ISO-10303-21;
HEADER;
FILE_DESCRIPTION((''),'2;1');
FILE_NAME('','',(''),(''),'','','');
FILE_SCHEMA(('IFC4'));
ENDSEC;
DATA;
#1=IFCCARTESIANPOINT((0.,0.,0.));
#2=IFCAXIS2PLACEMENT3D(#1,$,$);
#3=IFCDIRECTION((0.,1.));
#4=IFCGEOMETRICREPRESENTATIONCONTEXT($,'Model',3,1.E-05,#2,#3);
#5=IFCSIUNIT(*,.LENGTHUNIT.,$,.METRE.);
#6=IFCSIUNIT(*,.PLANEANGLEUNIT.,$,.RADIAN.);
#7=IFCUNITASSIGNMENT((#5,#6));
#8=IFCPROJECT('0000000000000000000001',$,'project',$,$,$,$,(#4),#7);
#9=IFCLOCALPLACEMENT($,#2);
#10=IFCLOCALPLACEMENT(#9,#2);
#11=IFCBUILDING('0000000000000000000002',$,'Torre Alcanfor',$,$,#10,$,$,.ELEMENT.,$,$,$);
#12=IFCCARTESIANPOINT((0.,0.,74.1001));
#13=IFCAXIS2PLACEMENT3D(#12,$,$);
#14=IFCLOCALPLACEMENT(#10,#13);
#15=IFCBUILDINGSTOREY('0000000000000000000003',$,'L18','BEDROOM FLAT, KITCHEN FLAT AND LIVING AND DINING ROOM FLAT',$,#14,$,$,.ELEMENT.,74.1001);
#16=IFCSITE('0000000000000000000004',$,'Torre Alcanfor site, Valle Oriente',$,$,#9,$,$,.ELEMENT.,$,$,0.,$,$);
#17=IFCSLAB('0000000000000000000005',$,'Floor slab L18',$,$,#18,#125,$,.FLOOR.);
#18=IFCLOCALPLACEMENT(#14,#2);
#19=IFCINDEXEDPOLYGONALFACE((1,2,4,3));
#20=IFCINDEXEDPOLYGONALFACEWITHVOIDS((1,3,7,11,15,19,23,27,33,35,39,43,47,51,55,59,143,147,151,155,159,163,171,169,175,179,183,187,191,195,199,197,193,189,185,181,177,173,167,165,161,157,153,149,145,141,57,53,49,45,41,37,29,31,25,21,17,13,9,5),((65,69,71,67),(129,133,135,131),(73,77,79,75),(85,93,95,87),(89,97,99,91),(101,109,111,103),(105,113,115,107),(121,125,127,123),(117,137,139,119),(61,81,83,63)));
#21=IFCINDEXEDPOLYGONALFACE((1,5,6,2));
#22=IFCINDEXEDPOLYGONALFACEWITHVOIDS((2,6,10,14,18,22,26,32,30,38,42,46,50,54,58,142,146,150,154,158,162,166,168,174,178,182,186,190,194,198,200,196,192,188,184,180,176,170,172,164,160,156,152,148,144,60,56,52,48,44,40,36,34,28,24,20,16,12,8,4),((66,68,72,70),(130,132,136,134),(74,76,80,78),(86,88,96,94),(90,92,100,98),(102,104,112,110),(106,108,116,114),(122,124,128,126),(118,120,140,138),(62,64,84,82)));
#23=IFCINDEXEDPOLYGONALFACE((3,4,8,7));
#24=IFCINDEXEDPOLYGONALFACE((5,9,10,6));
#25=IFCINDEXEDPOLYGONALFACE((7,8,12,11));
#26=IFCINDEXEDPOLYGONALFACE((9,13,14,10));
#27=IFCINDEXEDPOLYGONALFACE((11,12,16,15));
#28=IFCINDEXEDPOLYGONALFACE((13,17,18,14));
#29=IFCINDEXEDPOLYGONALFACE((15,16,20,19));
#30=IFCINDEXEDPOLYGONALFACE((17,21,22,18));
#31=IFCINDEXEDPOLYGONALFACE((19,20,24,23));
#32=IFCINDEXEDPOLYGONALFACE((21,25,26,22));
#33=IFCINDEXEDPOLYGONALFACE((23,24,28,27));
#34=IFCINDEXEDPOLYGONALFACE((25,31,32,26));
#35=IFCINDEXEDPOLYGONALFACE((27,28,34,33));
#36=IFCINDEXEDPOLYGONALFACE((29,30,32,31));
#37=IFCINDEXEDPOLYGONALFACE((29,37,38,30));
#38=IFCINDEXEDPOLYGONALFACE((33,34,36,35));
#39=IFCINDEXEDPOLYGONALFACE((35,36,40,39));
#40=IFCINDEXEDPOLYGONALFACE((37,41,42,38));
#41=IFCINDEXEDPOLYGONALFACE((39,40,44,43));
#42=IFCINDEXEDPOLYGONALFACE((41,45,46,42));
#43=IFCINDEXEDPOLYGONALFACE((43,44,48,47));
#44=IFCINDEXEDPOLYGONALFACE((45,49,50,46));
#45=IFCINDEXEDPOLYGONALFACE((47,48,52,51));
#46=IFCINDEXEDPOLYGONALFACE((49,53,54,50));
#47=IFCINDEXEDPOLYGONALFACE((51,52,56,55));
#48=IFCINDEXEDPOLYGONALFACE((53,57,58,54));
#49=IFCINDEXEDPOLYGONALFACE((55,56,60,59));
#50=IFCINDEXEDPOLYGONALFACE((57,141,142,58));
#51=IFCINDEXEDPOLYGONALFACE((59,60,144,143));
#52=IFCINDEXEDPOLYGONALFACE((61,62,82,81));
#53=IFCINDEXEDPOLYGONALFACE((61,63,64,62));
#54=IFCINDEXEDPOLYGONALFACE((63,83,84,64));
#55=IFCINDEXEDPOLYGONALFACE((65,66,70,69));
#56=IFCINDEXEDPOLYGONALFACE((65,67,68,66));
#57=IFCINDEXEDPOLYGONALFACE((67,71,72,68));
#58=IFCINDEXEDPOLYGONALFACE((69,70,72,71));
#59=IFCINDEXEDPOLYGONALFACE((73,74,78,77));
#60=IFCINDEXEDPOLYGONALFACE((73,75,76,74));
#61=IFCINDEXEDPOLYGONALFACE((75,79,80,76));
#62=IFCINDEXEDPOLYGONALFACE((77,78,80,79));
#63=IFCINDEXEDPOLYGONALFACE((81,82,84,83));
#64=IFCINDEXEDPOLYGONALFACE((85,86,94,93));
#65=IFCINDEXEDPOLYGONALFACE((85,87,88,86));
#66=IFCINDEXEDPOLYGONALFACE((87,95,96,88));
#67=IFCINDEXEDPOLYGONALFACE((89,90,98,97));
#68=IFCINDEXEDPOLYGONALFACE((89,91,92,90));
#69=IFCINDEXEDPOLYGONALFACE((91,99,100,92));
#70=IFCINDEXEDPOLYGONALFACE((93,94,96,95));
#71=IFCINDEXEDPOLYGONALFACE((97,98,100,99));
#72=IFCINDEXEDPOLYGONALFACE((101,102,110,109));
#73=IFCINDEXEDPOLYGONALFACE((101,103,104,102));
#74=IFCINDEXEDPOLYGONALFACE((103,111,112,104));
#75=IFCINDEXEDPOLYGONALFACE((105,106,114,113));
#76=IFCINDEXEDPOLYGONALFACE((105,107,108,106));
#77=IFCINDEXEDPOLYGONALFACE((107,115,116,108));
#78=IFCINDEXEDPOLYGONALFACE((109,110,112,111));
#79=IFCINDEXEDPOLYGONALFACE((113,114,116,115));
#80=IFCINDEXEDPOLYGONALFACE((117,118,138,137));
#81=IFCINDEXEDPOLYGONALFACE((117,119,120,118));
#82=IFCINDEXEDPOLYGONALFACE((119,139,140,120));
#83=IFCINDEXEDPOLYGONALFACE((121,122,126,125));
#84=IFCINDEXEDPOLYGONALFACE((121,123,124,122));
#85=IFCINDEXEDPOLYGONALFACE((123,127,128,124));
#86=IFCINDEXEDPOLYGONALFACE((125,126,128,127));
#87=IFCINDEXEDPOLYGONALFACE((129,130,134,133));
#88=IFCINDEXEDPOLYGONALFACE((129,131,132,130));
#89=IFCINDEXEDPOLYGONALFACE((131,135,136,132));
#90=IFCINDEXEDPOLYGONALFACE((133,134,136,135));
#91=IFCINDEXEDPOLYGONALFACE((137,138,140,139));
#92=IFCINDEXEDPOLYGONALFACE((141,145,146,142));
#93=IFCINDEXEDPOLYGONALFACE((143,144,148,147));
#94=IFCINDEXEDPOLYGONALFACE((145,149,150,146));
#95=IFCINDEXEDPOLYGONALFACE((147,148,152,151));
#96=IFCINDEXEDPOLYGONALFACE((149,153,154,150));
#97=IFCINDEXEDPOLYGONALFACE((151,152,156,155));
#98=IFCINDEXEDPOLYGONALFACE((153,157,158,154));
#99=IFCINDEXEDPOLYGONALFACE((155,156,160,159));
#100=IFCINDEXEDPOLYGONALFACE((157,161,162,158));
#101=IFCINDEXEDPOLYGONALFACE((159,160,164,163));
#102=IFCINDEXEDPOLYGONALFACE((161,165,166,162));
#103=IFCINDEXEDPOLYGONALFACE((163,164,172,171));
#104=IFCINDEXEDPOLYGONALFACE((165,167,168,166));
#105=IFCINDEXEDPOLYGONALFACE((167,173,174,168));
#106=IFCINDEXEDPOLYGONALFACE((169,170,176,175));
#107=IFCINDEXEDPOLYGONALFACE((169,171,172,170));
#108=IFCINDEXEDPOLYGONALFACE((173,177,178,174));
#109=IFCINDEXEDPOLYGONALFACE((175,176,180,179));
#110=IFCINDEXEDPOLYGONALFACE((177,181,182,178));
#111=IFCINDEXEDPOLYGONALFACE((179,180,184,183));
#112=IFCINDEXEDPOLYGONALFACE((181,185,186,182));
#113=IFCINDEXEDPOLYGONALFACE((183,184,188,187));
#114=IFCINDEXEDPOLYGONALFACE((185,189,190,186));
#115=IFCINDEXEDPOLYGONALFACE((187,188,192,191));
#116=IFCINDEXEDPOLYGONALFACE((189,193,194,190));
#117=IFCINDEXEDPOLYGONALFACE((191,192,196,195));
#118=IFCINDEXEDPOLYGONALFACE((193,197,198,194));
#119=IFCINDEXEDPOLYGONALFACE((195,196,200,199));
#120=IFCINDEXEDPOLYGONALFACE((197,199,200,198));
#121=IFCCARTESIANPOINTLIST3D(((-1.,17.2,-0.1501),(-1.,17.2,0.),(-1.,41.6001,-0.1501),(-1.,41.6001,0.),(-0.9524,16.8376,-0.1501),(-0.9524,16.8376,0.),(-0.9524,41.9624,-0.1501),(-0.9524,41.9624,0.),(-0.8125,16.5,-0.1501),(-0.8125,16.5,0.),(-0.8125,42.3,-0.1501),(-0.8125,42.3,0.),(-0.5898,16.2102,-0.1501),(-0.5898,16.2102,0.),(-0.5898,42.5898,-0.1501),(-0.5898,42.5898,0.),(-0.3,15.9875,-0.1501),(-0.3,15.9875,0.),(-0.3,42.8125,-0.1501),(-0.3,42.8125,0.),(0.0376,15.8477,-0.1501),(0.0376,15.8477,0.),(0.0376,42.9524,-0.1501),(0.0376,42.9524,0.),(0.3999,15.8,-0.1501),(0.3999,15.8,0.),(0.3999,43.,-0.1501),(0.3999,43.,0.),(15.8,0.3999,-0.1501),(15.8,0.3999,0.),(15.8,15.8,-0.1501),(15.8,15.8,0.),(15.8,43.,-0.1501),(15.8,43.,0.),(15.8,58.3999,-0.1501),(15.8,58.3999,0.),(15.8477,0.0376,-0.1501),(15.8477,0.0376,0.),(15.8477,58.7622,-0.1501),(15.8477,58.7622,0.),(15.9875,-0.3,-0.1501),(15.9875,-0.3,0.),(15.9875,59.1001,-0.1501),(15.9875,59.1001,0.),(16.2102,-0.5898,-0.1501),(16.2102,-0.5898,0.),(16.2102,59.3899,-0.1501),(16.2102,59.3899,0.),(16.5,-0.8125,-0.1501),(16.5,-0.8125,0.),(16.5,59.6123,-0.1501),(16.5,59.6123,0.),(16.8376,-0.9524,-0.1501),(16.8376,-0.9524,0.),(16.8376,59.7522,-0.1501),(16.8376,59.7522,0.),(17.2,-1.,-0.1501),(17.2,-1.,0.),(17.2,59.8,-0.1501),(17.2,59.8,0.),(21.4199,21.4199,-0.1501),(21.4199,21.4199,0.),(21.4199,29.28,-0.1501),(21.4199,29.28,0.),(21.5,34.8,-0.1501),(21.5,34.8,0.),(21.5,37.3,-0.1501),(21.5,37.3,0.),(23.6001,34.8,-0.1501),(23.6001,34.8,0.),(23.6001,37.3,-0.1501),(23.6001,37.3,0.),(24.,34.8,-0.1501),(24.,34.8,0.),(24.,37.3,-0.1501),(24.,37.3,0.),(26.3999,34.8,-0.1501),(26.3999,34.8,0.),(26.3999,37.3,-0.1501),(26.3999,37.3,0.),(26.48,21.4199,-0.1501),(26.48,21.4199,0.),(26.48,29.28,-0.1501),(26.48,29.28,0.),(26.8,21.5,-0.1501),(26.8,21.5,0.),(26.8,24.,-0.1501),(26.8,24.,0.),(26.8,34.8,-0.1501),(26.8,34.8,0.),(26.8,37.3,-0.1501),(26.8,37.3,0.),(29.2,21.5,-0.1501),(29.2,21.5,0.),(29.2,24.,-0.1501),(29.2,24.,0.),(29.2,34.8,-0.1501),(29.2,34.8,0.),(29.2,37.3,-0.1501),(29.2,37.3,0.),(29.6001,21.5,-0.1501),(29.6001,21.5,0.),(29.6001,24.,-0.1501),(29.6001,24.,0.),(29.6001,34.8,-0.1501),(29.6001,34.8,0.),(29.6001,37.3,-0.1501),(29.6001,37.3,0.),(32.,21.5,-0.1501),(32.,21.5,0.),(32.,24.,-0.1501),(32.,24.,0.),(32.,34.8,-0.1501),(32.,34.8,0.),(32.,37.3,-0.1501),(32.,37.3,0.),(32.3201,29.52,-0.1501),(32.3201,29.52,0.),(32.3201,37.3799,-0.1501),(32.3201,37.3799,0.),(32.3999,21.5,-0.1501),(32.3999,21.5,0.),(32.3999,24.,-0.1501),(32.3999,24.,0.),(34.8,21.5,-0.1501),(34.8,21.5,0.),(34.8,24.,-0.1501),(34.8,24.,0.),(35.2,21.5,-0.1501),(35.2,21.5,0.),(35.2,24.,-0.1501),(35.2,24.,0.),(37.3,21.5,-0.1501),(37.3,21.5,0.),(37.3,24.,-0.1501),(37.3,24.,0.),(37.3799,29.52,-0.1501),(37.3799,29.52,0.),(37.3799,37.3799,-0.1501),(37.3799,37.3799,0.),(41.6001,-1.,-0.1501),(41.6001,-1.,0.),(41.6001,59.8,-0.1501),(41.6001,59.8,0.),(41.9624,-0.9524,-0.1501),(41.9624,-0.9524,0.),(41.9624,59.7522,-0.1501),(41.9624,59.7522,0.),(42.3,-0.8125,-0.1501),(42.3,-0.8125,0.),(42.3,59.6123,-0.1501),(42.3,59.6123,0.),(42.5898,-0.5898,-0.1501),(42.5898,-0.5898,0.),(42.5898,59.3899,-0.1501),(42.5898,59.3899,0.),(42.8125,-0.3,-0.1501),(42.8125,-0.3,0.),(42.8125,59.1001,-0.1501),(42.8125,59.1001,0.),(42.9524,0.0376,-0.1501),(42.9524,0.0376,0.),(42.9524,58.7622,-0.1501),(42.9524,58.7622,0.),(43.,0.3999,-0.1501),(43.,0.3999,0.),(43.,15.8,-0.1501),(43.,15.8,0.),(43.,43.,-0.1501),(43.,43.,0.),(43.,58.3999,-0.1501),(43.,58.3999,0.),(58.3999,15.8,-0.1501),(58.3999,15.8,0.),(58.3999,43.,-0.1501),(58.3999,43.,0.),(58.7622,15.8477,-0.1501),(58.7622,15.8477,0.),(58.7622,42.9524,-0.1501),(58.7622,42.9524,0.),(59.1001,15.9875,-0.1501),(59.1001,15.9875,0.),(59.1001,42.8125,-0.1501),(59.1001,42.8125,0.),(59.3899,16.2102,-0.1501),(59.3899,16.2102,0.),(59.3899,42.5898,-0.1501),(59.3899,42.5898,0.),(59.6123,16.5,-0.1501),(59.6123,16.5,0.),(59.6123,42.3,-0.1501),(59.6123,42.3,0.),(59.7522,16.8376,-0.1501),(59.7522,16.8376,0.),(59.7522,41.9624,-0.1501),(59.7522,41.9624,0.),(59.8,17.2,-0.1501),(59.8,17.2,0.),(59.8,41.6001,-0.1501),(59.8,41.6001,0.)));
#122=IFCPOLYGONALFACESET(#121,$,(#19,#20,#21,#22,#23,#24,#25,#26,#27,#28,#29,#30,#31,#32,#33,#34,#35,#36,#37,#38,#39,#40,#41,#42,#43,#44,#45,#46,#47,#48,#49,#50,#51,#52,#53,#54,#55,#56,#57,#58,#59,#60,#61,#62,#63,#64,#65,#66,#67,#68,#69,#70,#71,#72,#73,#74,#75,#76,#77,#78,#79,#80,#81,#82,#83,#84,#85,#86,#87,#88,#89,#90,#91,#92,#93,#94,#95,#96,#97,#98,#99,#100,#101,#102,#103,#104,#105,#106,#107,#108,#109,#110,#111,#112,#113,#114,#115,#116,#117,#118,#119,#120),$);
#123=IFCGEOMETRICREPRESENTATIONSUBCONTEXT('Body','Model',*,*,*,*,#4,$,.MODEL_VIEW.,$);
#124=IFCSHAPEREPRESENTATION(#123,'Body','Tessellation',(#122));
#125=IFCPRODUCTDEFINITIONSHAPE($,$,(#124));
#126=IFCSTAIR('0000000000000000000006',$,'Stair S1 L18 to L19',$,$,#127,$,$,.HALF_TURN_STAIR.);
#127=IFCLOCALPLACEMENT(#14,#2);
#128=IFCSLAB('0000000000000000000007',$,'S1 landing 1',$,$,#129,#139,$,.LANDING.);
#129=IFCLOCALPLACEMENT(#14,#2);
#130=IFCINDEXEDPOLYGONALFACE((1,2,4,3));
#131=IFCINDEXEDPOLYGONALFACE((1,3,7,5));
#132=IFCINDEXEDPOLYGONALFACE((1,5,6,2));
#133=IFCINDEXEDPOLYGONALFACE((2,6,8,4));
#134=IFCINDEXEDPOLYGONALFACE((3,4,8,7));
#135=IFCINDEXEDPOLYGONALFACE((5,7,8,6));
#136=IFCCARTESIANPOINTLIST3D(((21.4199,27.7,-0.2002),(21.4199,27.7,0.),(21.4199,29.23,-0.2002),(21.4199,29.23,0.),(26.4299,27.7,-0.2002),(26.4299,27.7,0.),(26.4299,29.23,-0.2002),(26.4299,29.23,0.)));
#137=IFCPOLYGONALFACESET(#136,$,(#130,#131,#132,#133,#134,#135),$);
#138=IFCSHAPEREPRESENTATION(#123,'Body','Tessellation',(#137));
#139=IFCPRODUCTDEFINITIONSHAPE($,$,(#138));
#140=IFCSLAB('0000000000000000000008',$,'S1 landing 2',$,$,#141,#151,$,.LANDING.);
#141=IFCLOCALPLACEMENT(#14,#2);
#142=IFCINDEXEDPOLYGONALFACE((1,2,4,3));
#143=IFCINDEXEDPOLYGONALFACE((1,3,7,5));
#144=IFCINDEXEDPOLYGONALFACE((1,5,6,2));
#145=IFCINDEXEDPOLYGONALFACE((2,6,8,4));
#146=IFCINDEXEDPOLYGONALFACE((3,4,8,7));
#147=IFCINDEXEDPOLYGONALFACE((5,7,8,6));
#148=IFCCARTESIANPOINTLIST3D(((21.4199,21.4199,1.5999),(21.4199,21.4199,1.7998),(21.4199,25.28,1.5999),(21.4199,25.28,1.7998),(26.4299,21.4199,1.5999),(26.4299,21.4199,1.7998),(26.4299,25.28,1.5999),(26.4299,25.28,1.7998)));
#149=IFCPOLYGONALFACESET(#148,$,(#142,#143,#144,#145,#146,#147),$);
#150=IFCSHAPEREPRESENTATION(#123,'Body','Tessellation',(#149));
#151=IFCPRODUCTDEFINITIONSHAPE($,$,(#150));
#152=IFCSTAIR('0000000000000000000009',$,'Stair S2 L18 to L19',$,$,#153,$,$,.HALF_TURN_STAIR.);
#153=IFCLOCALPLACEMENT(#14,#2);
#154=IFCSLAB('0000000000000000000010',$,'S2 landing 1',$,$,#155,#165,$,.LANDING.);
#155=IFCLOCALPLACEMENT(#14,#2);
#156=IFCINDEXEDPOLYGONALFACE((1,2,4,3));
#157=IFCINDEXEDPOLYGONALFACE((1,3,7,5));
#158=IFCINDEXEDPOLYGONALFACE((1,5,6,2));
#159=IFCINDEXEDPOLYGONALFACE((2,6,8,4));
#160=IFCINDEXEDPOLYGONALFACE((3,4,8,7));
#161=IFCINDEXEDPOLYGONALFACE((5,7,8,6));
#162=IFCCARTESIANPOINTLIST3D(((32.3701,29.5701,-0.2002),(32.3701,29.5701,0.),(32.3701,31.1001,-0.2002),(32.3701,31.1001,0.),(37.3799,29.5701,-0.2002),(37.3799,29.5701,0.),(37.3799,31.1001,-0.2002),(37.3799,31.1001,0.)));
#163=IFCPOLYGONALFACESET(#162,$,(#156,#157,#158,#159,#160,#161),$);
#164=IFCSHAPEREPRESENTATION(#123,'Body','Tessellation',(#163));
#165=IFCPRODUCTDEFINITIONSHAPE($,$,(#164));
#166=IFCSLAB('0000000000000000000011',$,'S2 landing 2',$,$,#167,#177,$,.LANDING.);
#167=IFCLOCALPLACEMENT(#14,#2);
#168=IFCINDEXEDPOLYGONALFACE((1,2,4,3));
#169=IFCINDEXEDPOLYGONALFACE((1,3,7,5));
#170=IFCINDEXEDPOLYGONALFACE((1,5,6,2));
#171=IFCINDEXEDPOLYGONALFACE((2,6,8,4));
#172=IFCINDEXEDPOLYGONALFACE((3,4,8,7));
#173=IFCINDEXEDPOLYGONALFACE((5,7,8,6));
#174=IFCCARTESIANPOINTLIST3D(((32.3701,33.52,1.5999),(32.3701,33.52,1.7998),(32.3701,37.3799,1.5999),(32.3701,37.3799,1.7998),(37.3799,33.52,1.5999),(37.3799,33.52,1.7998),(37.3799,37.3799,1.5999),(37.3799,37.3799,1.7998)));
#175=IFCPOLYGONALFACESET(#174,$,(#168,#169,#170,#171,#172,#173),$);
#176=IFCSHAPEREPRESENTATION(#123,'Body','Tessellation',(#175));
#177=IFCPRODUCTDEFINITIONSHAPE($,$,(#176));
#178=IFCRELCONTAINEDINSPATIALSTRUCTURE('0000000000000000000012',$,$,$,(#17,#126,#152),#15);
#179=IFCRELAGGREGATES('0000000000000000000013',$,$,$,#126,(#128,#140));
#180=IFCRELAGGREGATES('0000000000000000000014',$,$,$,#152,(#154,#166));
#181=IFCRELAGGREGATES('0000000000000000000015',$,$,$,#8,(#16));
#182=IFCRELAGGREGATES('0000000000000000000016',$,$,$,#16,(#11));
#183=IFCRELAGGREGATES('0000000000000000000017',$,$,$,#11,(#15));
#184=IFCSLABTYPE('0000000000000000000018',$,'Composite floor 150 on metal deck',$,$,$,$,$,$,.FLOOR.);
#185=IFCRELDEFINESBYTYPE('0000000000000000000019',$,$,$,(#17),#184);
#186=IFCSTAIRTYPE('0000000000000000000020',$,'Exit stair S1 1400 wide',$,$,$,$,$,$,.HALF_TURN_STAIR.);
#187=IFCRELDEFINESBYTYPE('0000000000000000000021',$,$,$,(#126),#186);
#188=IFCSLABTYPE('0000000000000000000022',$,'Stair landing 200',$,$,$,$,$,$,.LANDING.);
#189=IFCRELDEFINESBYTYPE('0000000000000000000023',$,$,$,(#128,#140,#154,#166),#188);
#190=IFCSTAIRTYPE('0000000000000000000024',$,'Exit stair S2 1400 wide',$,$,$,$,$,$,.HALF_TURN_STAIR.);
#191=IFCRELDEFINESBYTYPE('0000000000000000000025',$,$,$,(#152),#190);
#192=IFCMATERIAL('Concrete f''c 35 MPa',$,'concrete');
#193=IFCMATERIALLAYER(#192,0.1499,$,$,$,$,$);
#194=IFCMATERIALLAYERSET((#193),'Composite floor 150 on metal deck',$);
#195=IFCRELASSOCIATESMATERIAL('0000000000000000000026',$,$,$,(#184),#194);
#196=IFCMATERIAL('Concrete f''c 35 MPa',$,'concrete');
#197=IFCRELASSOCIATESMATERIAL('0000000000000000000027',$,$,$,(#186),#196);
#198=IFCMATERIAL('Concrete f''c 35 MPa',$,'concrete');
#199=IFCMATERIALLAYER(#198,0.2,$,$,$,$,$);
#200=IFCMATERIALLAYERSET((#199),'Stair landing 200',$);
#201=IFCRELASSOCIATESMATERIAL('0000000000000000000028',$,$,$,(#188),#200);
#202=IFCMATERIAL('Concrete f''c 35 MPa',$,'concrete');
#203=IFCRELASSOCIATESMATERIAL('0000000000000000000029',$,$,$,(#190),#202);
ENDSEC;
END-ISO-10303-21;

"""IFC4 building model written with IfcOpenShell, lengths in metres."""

from ifc_helpers import new_model, si_unit, direction, frame, origin, place, context, subcontext, project, spatial, polyline, outline, extrude, material, layer, layer_set, type_object, element, aggregate, save


model = new_model("IFC4")

# Units and contexts
model_context = context("Model", 3, precision=1e-05, world=origin(), true_north=direction((0.0, 1.0)))
body_context = subcontext(model_context, "Body", "Model", "MODEL_VIEW")
ifc_project = project(units=[si_unit("LENGTHUNIT", "METRE"), si_unit("PLANEANGLEUNIT", "RADIAN")], contexts=[model_context])

# Site, building, storey
site_placement = place(None, origin())
site = spatial("IfcSite", under=ifc_project, at=site_placement, Name="Torre Alcanfor site, Valle Oriente", CompositionType="ELEMENT", RefElevation=0.0)
building_placement = place(site_placement, origin())
building = spatial("IfcBuilding", under=site, at=building_placement, Name="Torre Alcanfor", CompositionType="ELEMENT")
storey_placement = place(building_placement, frame((0.0, 0.0, 74.1001)))
storey = spatial("IfcBuildingStorey", under=building, at=storey_placement, Name="L18", Description="BEDROOM FLAT, KITCHEN FLAT AND LIVING AND DINING ROOM FLAT", CompositionType="ELEMENT", Elevation=74.1001)

# Slab
ifc_material_1 = material(Name="Concrete f'c 35 MPa", Category="concrete")
ifc_layer_1 = layer(ifc_material_1, 0.1499)
ifc_layer_set_1 = layer_set([ifc_layer_1], Name="Composite floor 150 on metal deck")
slab_type_1 = type_object("IfcSlabType", Name="Composite floor 150 on metal deck", PredefinedType="FLOOR", material=ifc_layer_set_1)
slab_1_placement = place(storey_placement, frame((0.0, 0.0, -0.1501)))
element("IfcSlab", 1, at=slab_1_placement, inside=storey, type_object=slab_type_1, Name="Floor slab L18", PredefinedType="FLOOR", context=body_context, shape_type="SweptSolid", body=[
    extrude(outline(polyline([(15.8, 43.0), (0.3999, 43.0), (0.0376, 42.9524), (-0.3, 42.8125), (-0.5898, 42.5898), (-0.8125, 42.3), (-0.9524, 41.9624), (-1.0, 41.6001), (-1.0, 17.2), (-0.9524, 16.8376), (-0.8125, 16.5), (-0.5898, 16.2102), (-0.3, 15.9875), (0.0376, 15.8477), (0.3999, 15.8), (15.8, 15.8), (15.8, 0.3999), (15.8477, 0.0376), (15.9875, -0.3), (16.2102, -0.5898), (16.5, -0.8125), (16.8376, -0.9524), (17.2, -1.0), (41.6001, -1.0), (41.9624, -0.9524), (42.3, -0.8125), (42.5898, -0.5898), (42.8125, -0.3), (42.9524, 0.0376), (43.0, 0.3999), (43.0, 15.8), (58.3999, 15.8), (58.7622, 15.8477), (59.1001, 15.9875), (59.3899, 16.2102), (59.6123, 16.5), (59.7522, 16.8376), (59.8, 17.2), (59.8, 41.6001), (59.7522, 41.9624), (59.6123, 42.3), (59.3899, 42.5898), (59.1001, 42.8125), (58.7622, 42.9524), (58.3999, 43.0), (43.0, 43.0), (43.0, 58.3999), (42.9524, 58.7622), (42.8125, 59.1001), (42.5898, 59.3899), (42.3, 59.6123), (41.9624, 59.7522), (41.6001, 59.8), (17.2, 59.8), (16.8376, 59.7522), (16.5, 59.6123), (16.2102, 59.3899), (15.9875, 59.1001), (15.8477, 58.7622), (15.8, 58.3999), (15.8, 43.0)]), holes=[polyline([(21.4199, 21.4199), (26.48, 21.4199), (26.48, 29.28), (21.4199, 29.28), (21.4199, 21.4199)]), polyline([(32.3201, 29.52), (37.3799, 29.52), (37.3799, 37.3799), (32.3201, 37.3799), (32.3201, 29.52)]), polyline([(26.8, 21.5), (29.2, 21.5), (29.2, 24.0), (26.8, 24.0), (26.8, 21.5)]), polyline([(29.6001, 21.5), (32.0, 21.5), (32.0, 24.0), (29.6001, 24.0), (29.6001, 21.5)]), polyline([(32.3999, 21.5), (34.8, 21.5), (34.8, 24.0), (32.3999, 24.0), (32.3999, 21.5)]), polyline([(35.2, 21.5), (37.3, 21.5), (37.3, 24.0), (35.2, 24.0), (35.2, 21.5)]), polyline([(21.5, 34.8), (23.6001, 34.8), (23.6001, 37.3), (21.5, 37.3), (21.5, 34.8)]), polyline([(24.0, 34.8), (26.3999, 34.8), (26.3999, 37.3), (24.0, 37.3), (24.0, 34.8)]), polyline([(26.8, 34.8), (29.2, 34.8), (29.2, 37.3), (26.8, 37.3), (26.8, 34.8)]), polyline([(29.6001, 34.8), (32.0, 34.8), (32.0, 37.3), (29.6001, 37.3), (29.6001, 34.8)])]), origin(), (0.0, 0.0, 1.0), 0.1501),
])

# Stairs, slabs
ifc_material_2 = material(Name="Concrete f'c 35 MPa", Category="concrete")
stair_type_1 = type_object("IfcStairType", Name="Exit stair S1 1400 wide", PredefinedType="HALF_TURN_STAIR", material=ifc_material_2)
stair_1_placement = place(storey_placement, origin())
stair_1 = element("IfcStair", 2, at=stair_1_placement, inside=storey, type_object=stair_type_1, Name="Stair S1 L18 to L19", PredefinedType="HALF_TURN_STAIR")
ifc_material_3 = material(Name="Concrete f'c 35 MPa", Category="concrete")
ifc_layer_2 = layer(ifc_material_3, 0.2)
ifc_layer_set_2 = layer_set([ifc_layer_2], Name="Stair landing 200")
slab_type_2 = type_object("IfcSlabType", Name="Stair landing 200", PredefinedType="LANDING", material=ifc_layer_set_2)
slab_2_placement = place(storey_placement, frame((0.0, 0.0, -0.2002)))
slab_2 = element("IfcSlab", 3, at=slab_2_placement, type_object=slab_type_2, Name="S1 landing 1", PredefinedType="LANDING", context=body_context, shape_type="SweptSolid", body=[
    extrude(outline(polyline([(21.4199, 27.7), (26.4299, 27.7), (26.4299, 29.23), (21.4199, 29.23), (21.4199, 27.7)])), origin(), (0.0, 0.0, 1.0), 0.2002),
])
slab_3_placement = place(storey_placement, frame((0.0, 0.0, 1.5999)))
slab_3 = element("IfcSlab", 4, at=slab_3_placement, type_object=slab_type_2, Name="S1 landing 2", PredefinedType="LANDING", context=body_context, shape_type="SweptSolid", body=[
    extrude(outline(polyline([(21.4199, 21.4199), (26.4299, 21.4199), (26.4299, 25.28), (21.4199, 25.28), (21.4199, 21.4199)])), origin(), (0.0, 0.0, 1.0), 0.2),
])
aggregate(stair_1, [slab_2, slab_3])
ifc_material_4 = material(Name="Concrete f'c 35 MPa", Category="concrete")
stair_type_2 = type_object("IfcStairType", Name="Exit stair S2 1400 wide", PredefinedType="HALF_TURN_STAIR", material=ifc_material_4)
stair_2_placement = place(storey_placement, origin())
stair_2 = element("IfcStair", 5, at=stair_2_placement, inside=storey, type_object=stair_type_2, Name="Stair S2 L18 to L19", PredefinedType="HALF_TURN_STAIR")
slab_4_placement = place(storey_placement, frame((0.0, 0.0, -0.2002)))
slab_4 = element("IfcSlab", 6, at=slab_4_placement, type_object=slab_type_2, Name="S2 landing 1", PredefinedType="LANDING", context=body_context, shape_type="SweptSolid", body=[
    extrude(outline(polyline([(32.3701, 29.5701), (37.3799, 29.5701), (37.3799, 31.1001), (32.3701, 31.1001), (32.3701, 29.5701)])), origin(), (0.0, 0.0, 1.0), 0.2002),
])
slab_5_placement = place(storey_placement, frame((0.0, 0.0, 1.5999)))
slab_5 = element("IfcSlab", 7, at=slab_5_placement, type_object=slab_type_2, Name="S2 landing 2", PredefinedType="LANDING", context=body_context, shape_type="SweptSolid", body=[
    extrude(outline(polyline([(32.3701, 33.52), (37.3799, 33.52), (37.3799, 37.3799), (32.3701, 37.3799), (32.3701, 33.52)])), origin(), (0.0, 0.0, 1.0), 0.2),
])
aggregate(stair_2, [slab_4, slab_5])

save(model, "model.ifc")
